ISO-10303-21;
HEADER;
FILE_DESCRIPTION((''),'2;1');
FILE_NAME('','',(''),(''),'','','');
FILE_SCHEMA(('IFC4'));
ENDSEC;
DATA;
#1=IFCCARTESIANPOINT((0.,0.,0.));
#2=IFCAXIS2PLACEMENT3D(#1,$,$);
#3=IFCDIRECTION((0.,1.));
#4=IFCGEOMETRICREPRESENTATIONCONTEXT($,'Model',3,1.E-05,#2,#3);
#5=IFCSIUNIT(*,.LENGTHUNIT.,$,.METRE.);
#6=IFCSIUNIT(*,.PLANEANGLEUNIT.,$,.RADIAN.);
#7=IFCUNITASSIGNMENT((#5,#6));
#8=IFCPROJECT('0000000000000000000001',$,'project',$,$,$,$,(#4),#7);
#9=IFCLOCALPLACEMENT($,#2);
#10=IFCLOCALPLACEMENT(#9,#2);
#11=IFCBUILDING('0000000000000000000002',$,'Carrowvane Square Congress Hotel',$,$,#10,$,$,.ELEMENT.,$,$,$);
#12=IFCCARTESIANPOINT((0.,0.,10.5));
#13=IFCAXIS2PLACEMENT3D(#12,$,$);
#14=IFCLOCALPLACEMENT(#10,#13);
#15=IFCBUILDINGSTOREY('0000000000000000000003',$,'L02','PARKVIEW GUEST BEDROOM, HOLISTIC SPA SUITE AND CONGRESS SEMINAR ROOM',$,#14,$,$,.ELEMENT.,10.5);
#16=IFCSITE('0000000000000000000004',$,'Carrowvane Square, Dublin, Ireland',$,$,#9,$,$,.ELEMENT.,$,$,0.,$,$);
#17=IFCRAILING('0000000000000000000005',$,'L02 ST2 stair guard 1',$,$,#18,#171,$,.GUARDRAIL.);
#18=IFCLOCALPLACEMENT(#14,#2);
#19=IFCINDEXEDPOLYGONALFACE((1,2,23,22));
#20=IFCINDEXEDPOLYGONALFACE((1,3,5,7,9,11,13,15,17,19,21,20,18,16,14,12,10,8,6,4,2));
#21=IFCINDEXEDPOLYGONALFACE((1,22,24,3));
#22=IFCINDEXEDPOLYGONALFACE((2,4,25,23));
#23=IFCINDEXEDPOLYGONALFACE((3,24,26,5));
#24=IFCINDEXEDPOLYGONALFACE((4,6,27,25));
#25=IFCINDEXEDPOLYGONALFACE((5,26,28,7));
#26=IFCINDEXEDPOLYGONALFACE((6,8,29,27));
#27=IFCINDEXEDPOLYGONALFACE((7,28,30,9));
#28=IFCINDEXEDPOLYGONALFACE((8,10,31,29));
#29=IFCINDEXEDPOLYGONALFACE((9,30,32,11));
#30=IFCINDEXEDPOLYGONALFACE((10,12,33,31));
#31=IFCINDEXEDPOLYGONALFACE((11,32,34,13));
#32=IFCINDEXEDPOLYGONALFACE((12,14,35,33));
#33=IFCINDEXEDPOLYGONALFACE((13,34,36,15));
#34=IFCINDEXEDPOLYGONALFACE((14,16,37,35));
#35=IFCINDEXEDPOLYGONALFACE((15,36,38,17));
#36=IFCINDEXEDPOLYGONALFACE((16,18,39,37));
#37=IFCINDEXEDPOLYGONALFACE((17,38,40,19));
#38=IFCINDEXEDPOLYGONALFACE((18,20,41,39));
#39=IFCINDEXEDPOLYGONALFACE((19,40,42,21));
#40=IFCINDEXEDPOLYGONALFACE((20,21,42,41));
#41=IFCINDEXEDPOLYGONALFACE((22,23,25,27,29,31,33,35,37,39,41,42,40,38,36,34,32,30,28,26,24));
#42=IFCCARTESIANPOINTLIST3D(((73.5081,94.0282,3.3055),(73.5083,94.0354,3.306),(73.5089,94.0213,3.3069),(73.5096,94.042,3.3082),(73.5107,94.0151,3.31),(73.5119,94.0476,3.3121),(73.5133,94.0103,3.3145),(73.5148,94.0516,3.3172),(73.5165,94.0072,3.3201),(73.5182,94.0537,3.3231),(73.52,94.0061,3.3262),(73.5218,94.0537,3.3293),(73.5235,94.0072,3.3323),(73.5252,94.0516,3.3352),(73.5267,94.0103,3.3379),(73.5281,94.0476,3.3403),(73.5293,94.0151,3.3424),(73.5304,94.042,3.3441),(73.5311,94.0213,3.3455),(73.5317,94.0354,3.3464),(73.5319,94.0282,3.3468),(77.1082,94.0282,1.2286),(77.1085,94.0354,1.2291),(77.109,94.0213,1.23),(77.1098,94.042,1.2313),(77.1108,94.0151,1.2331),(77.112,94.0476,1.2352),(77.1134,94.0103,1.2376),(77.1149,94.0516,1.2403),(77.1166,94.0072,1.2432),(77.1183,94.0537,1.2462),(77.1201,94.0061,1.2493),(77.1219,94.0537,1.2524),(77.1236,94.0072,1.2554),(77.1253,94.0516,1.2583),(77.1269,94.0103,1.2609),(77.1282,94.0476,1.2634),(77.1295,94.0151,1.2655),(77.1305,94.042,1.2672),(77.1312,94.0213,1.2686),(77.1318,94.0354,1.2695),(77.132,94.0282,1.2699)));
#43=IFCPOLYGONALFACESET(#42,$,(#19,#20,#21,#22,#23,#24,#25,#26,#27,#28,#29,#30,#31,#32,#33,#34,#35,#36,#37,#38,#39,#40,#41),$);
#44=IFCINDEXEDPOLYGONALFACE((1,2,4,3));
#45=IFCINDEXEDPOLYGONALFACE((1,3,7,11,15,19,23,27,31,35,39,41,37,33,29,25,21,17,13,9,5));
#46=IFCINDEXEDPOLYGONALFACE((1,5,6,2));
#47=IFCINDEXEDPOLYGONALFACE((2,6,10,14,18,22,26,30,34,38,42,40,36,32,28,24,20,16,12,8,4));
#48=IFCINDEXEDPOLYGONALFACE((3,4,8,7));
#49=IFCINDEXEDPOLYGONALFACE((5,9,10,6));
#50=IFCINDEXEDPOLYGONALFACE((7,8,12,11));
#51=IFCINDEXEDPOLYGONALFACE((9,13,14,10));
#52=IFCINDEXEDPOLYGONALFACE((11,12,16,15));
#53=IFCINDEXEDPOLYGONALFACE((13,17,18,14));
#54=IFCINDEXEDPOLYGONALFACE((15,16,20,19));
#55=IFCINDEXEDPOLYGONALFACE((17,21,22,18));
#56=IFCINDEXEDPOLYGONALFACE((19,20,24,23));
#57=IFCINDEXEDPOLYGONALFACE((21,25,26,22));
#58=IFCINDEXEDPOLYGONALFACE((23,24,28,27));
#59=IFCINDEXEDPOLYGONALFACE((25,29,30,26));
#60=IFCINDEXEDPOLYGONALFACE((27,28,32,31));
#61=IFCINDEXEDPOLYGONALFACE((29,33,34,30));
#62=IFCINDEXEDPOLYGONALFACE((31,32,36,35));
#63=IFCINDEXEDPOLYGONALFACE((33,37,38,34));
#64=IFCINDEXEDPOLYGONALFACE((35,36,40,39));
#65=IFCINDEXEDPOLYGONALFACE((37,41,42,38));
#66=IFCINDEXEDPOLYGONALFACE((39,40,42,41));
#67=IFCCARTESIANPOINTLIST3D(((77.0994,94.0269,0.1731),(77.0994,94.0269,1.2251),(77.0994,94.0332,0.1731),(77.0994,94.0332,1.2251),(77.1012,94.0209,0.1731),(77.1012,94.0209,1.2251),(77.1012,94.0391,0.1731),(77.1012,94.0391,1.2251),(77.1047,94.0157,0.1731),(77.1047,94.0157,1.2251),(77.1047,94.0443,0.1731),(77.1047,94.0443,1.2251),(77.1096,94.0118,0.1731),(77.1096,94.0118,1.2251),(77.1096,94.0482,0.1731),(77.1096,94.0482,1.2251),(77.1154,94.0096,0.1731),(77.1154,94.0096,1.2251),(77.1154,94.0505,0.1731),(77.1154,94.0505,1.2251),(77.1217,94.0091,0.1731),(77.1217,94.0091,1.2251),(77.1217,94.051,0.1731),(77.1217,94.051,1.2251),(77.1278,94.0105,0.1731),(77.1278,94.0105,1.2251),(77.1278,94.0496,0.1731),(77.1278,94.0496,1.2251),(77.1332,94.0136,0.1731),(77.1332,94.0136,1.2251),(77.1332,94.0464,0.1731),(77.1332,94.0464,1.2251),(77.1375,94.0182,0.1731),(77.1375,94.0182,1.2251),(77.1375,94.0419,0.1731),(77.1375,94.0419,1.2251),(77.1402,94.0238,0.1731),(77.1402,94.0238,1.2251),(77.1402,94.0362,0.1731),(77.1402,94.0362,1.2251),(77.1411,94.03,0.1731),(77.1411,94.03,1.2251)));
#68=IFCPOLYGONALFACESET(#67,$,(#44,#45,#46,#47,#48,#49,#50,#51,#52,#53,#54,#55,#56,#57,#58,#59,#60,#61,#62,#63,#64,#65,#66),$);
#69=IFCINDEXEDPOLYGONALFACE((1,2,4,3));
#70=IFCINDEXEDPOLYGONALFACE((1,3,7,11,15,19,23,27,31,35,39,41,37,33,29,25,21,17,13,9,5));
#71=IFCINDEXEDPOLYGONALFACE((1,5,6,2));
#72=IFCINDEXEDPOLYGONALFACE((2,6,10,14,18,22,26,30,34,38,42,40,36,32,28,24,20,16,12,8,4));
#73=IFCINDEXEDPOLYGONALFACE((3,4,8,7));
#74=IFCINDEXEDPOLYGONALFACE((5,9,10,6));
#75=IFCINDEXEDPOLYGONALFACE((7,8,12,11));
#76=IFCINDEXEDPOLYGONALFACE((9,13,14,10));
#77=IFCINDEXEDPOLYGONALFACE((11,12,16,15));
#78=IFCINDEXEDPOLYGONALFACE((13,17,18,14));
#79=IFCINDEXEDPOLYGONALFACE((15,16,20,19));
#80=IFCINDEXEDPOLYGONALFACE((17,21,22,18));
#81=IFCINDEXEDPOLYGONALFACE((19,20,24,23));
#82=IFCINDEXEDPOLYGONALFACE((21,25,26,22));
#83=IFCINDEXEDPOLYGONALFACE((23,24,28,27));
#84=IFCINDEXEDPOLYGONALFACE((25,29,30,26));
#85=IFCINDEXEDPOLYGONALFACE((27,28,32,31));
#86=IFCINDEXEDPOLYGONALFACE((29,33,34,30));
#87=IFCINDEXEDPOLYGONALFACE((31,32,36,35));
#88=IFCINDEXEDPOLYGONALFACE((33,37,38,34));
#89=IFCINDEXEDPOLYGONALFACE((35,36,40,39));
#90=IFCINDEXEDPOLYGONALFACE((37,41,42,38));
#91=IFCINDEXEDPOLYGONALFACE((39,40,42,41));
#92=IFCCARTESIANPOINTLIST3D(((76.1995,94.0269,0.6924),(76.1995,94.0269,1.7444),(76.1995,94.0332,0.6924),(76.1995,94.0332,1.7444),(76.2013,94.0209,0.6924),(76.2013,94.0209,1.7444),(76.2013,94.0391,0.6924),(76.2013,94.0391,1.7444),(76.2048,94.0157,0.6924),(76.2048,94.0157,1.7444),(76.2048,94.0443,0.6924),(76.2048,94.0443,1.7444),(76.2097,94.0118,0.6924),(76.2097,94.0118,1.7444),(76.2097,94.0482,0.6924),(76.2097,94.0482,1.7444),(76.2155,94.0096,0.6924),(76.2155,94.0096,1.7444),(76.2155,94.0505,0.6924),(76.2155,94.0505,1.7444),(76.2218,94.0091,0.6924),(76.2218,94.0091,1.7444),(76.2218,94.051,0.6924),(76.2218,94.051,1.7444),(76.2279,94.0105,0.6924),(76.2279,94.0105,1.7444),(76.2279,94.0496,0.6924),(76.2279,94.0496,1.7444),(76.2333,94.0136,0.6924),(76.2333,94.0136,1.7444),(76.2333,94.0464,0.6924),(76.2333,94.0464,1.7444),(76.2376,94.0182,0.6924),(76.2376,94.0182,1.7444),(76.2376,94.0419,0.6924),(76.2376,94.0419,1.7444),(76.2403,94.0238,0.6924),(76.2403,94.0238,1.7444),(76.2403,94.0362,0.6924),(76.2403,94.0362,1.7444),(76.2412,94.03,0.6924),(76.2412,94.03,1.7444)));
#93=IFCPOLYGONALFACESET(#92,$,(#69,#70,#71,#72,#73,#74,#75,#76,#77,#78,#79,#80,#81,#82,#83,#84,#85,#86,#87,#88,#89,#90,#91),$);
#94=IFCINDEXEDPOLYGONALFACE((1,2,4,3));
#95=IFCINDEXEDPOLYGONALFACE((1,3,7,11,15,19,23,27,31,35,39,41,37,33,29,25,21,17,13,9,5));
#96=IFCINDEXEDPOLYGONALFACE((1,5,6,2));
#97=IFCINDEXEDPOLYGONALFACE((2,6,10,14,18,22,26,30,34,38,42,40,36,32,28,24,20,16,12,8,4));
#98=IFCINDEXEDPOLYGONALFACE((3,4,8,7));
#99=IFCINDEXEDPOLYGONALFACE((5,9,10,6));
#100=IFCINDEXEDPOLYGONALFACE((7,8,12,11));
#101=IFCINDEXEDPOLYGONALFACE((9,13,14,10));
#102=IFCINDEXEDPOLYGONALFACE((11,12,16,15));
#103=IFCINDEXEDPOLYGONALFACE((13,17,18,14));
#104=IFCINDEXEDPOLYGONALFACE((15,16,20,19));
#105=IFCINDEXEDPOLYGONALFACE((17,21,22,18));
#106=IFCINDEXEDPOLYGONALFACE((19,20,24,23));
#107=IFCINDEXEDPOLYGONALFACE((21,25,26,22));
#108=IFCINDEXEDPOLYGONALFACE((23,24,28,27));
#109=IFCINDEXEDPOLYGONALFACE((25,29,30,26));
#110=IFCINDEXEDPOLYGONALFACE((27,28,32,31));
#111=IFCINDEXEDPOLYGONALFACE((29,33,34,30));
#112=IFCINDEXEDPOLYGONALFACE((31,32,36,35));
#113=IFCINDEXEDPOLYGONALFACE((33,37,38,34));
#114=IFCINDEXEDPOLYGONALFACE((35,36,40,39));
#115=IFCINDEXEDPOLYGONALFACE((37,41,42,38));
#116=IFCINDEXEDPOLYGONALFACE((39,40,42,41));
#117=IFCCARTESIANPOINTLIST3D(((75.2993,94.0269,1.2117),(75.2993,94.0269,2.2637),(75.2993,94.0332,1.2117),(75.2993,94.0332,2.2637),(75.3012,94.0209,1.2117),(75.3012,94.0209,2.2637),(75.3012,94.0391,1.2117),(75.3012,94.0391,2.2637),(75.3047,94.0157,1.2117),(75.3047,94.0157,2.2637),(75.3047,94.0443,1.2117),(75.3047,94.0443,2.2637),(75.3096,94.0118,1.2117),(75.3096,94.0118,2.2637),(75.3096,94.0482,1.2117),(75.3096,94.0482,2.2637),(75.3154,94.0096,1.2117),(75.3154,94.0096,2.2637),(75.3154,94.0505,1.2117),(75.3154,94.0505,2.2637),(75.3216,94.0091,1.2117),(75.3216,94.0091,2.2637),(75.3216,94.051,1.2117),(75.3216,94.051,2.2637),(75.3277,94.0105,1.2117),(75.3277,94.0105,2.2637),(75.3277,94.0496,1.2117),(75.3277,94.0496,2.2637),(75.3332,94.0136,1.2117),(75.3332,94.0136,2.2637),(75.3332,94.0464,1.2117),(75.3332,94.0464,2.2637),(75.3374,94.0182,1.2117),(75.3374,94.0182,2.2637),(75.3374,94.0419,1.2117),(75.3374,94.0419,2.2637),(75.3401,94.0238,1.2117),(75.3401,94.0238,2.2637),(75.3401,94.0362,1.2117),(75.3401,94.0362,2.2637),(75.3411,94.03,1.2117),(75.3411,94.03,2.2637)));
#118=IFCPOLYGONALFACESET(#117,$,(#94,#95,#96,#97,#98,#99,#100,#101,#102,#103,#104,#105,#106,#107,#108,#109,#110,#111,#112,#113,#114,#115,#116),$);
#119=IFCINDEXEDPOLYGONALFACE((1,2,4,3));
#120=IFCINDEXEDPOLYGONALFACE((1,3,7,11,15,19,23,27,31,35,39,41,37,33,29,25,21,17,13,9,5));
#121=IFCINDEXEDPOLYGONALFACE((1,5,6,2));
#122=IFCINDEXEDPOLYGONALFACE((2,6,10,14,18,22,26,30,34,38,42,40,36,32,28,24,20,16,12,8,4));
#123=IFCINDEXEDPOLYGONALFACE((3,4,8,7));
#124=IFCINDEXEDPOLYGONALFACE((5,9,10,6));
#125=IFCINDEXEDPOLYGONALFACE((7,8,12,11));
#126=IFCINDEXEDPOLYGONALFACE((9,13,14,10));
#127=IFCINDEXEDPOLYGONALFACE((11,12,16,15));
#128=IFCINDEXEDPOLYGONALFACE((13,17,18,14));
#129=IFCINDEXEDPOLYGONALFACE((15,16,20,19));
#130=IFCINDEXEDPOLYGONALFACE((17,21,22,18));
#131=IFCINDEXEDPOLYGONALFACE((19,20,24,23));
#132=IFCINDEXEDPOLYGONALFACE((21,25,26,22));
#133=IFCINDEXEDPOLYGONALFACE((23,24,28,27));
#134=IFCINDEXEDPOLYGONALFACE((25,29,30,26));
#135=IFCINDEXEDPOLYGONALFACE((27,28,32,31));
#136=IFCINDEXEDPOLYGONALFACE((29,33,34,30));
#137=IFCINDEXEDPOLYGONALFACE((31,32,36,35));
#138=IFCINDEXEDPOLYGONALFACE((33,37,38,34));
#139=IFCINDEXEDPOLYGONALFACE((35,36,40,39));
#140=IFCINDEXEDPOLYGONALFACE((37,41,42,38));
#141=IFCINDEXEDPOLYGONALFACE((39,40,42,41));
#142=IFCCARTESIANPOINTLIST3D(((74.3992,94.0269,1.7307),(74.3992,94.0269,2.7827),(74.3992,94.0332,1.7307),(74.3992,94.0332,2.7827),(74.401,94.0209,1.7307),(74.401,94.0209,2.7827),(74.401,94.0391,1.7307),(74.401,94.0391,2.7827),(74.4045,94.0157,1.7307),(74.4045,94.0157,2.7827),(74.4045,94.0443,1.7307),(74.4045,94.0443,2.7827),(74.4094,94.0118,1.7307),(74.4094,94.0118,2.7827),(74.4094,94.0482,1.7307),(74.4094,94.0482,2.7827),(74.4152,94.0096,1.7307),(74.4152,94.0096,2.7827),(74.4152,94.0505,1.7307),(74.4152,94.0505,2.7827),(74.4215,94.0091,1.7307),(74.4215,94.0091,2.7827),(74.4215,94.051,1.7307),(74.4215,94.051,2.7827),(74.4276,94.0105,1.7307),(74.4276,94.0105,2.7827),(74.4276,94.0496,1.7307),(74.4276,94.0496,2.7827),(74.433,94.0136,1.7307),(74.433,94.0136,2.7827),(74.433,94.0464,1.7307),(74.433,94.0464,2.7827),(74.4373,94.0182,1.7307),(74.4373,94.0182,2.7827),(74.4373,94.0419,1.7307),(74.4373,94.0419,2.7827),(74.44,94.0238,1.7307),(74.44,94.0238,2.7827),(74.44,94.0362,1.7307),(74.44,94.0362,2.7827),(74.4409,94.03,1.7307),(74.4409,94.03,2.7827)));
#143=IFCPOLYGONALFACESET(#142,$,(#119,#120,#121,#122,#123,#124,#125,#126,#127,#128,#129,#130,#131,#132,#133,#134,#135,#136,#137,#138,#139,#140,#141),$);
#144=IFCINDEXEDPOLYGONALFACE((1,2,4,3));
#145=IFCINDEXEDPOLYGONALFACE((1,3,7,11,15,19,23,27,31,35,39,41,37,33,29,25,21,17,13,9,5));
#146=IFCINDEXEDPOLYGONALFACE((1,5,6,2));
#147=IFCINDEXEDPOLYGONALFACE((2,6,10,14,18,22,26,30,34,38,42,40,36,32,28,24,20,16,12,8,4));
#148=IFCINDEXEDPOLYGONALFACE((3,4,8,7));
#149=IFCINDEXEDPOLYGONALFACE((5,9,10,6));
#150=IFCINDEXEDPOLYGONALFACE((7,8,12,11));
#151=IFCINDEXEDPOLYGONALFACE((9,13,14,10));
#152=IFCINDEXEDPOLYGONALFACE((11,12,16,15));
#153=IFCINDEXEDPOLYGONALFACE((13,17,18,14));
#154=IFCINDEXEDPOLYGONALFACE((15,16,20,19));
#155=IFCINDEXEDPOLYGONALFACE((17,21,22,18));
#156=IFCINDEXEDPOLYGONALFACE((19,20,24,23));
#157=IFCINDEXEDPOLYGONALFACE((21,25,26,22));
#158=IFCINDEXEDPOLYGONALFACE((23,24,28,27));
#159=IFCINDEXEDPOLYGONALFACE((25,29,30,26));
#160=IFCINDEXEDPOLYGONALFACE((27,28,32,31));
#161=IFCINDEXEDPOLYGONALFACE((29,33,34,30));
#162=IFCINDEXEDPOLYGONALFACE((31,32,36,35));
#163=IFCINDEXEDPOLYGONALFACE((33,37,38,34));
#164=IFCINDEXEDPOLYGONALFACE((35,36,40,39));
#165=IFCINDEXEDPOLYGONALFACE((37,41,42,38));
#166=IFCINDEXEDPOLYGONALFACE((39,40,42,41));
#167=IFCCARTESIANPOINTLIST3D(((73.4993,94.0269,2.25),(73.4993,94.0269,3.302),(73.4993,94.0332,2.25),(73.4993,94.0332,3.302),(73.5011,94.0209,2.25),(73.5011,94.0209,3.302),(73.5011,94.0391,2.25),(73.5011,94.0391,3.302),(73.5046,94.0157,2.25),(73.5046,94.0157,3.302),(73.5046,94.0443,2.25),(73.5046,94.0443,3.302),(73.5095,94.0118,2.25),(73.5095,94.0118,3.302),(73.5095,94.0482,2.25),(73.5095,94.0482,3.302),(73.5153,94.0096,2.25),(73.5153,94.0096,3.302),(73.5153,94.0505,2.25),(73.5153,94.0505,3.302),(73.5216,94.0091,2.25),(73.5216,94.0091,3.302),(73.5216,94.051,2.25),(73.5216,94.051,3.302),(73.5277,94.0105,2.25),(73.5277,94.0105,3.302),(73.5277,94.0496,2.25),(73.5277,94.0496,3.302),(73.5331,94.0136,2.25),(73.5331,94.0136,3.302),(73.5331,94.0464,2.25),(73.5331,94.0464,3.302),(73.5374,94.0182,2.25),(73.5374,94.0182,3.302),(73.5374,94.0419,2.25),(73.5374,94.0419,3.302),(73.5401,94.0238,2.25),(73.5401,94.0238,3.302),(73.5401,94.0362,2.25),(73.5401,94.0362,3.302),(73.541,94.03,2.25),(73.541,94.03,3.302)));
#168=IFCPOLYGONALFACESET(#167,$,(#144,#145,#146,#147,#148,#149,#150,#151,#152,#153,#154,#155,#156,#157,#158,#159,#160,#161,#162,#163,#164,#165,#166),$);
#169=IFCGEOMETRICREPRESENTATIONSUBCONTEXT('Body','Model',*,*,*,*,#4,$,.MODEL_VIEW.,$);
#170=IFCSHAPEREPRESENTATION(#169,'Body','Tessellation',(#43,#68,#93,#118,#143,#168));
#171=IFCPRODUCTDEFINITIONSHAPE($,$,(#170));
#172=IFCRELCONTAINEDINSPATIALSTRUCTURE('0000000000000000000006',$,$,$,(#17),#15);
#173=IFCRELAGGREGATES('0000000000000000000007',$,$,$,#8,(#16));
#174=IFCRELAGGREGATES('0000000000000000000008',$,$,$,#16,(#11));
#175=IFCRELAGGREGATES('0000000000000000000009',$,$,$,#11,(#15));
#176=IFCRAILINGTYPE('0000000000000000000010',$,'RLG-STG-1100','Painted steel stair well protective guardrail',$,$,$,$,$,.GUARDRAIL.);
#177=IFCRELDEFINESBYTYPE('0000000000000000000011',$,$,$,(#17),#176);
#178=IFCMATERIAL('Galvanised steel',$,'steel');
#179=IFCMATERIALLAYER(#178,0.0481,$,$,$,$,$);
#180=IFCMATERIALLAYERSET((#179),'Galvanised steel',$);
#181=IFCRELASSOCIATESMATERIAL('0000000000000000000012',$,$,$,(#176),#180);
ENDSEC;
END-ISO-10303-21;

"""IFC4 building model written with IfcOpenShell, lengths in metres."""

from ifc_helpers import new_model, si_unit, direction, frame, origin, origin_2d, place, context, subcontext, project, spatial, circle, extrude, material, layer, layer_set, type_object, element, save


model = new_model("IFC4")

# Units and contexts
model_context = context("Model", 3, precision=1e-05, world=origin(), true_north=direction((0.0, 1.0)))
body_context = subcontext(model_context, "Body", "Model", "MODEL_VIEW")
ifc_project = project(units=[si_unit("LENGTHUNIT", "METRE"), si_unit("PLANEANGLEUNIT", "RADIAN")], contexts=[model_context])

# Site, building, storey
site_placement = place(None, origin())
site = spatial("IfcSite", under=ifc_project, at=site_placement, Name="Carrowvane Square, Dublin, Ireland", CompositionType="ELEMENT", RefElevation=0.0)
building_placement = place(site_placement, origin())
building = spatial("IfcBuilding", under=site, at=building_placement, Name="Carrowvane Square Congress Hotel", CompositionType="ELEMENT")
storey_placement = place(building_placement, frame((0.0, 0.0, 10.5)))
storey = spatial("IfcBuildingStorey", under=building, at=storey_placement, Name="L02", Description="PARKVIEW GUEST BEDROOM, HOLISTIC SPA SUITE AND CONGRESS SEMINAR ROOM", CompositionType="ELEMENT", Elevation=10.5)

# Railing
ifc_material_1 = material(Name="Galvanised steel", Category="steel")
ifc_layer_1 = layer(ifc_material_1, 0.0481)
ifc_layer_set_1 = layer_set([ifc_layer_1], Name="Galvanised steel")
railing_type_1 = type_object("IfcRailingType", Name="RLG-STG-1100", Description="Painted steel stair well protective guardrail", PredefinedType="GUARDRAIL", material=ifc_layer_set_1)
railing_1_placement = place(storey_placement, frame((77.1201, 94.03, 0.1731)))
element("IfcRailing", 1, at=railing_1_placement, inside=storey, type_object=railing_type_1, Name="L02 ST2 stair guard 1", PredefinedType="GUARDRAIL", context=body_context, shape_type="SweptSolid", body=[
    extrude(circle(Radius=0.0239, at=origin_2d()), frame((0.0, 0.0, 1.0762), z_axis=(-0.866193, 0.0, 0.499709), x_axis=(0.0, -1.0, 0.0)), (0.0, 0.0, 1.0), 4.1562),
    extrude(circle(Radius=0.021, at=origin_2d()), origin(), (0.0, 0.0, 1.0), 1.052),
    extrude(circle(Radius=0.021, at=origin_2d()), frame((-0.8999, 0.0, 0.5193)), (0.0, 0.0, 1.0), 1.052),
    extrude(circle(Radius=0.021, at=origin_2d()), frame((-1.8, 0.0, 1.0386)), (0.0, 0.0, 1.0), 1.052),
    extrude(circle(Radius=0.021, at=origin_2d()), frame((-2.7002, 0.0, 1.5576)), (0.0, 0.0, 1.0), 1.052),
    extrude(circle(Radius=0.021, at=origin_2d()), frame((-3.6001, 0.0, 2.0769)), (0.0, 0.0, 1.0), 1.052),
])

save(model, "model.ifc")
